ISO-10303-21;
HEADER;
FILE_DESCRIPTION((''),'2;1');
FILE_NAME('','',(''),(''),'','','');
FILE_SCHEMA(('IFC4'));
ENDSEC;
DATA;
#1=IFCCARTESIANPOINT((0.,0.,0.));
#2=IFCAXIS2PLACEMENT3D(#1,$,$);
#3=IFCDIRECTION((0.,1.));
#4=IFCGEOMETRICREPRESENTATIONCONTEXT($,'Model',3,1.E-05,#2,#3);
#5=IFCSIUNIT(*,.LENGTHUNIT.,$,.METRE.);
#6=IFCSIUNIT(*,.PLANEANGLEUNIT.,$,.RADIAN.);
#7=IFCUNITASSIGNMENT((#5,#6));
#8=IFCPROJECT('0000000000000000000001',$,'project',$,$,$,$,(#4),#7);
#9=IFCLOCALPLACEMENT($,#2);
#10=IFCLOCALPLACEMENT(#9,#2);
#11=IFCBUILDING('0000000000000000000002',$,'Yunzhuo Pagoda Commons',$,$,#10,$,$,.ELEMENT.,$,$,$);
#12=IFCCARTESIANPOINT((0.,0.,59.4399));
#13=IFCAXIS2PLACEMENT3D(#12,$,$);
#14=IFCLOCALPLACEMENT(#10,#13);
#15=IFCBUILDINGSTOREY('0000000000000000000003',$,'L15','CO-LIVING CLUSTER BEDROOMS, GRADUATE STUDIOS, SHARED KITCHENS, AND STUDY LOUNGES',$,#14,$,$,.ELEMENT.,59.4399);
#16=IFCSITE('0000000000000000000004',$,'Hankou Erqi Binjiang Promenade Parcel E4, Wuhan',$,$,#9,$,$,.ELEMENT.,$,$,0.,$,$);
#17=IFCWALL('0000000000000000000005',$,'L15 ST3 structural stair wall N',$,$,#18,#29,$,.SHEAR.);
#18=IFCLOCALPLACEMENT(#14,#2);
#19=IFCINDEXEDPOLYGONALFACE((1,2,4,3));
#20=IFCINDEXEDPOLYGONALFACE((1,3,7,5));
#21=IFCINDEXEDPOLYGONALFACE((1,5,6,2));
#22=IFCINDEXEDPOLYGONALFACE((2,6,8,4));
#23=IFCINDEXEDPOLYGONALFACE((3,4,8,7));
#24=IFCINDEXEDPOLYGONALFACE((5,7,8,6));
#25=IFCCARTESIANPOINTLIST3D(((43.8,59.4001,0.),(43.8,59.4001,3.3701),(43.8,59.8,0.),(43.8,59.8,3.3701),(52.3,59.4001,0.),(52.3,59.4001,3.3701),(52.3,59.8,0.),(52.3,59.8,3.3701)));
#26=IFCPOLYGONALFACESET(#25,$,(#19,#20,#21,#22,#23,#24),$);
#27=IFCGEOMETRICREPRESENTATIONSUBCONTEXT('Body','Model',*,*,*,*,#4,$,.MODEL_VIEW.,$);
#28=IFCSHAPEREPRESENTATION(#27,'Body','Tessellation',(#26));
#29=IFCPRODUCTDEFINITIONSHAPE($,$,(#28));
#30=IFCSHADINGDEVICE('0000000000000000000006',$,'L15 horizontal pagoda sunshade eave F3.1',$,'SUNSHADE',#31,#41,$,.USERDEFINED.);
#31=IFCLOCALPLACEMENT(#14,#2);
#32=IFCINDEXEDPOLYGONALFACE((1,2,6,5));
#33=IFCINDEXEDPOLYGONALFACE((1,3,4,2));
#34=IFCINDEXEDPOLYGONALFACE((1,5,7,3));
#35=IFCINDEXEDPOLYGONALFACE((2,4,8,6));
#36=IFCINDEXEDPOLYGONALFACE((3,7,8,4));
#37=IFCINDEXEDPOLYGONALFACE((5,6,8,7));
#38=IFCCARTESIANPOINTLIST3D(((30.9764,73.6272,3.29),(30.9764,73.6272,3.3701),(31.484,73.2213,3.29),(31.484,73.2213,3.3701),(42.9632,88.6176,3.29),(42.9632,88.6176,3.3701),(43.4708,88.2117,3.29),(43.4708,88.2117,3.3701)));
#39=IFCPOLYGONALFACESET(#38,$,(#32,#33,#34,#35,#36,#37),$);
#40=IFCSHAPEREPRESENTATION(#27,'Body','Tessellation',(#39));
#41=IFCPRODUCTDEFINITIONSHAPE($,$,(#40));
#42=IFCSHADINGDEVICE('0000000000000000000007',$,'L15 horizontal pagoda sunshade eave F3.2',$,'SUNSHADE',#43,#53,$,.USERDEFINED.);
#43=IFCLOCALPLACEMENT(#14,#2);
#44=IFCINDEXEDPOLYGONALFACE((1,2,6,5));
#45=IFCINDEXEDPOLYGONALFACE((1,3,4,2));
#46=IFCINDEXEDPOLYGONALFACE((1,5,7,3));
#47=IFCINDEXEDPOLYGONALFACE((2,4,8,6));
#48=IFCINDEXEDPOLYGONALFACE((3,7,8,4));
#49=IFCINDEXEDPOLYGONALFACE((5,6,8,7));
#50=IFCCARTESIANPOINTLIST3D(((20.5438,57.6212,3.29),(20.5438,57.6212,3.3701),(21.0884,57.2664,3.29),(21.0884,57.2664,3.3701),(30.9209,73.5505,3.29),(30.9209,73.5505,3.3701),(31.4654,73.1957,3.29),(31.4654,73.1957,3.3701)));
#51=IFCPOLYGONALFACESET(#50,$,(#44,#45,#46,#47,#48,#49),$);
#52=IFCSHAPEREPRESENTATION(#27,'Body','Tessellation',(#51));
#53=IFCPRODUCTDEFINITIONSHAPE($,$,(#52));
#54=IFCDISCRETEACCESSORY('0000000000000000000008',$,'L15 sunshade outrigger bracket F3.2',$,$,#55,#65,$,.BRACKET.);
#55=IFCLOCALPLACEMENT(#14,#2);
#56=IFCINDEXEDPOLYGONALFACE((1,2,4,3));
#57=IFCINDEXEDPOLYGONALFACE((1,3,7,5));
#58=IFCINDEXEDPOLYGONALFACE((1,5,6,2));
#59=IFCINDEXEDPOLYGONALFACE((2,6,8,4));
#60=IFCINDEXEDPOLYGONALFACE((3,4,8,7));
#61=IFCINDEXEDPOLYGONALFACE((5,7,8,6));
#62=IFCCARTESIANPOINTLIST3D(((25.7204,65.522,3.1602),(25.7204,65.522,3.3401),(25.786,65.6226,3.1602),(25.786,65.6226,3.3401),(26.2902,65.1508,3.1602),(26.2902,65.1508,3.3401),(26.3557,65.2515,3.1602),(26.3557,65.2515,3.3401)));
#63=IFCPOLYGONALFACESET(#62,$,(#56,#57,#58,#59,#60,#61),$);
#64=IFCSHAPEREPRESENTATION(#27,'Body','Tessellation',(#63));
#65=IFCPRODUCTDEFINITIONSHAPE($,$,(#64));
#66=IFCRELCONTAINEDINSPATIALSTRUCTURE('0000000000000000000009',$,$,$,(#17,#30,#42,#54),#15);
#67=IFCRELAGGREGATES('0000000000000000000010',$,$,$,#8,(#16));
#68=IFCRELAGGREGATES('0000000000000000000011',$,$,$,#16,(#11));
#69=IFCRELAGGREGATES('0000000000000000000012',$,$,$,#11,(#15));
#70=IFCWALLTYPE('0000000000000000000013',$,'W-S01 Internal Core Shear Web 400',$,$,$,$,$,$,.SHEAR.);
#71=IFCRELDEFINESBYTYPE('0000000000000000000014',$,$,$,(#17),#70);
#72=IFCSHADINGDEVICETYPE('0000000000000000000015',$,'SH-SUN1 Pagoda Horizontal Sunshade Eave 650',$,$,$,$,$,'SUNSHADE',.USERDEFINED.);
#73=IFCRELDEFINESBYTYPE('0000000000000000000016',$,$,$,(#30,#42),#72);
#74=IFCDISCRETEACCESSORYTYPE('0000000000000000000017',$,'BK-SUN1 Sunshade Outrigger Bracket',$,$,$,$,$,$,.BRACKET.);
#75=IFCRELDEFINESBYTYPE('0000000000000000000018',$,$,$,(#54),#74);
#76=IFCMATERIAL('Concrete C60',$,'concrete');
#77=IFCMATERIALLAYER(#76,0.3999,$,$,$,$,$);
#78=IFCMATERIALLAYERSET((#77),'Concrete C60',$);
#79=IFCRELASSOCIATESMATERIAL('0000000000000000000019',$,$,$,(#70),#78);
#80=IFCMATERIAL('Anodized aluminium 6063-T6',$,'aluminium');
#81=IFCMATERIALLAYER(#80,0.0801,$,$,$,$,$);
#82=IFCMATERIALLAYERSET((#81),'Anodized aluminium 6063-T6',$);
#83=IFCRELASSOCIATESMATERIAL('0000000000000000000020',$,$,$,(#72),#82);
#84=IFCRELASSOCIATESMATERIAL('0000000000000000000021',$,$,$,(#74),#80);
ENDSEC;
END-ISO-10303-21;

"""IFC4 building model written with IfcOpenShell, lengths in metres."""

from ifc_helpers import new_model, si_unit, direction, frame, frame_2d, origin, origin_2d, place, context, subcontext, project, spatial, rectangle, extrude, source, transform, mapped, material, layer, layer_set, type_object, element, save


model = new_model("IFC4")

# Units and contexts
model_context = context("Model", 3, precision=1e-05, world=origin(), true_north=direction((0.0, 1.0)))
body_context = subcontext(model_context, "Body", "Model", "MODEL_VIEW")
ifc_project = project(units=[si_unit("LENGTHUNIT", "METRE"), si_unit("PLANEANGLEUNIT", "RADIAN")], contexts=[model_context])

# Site, building, storey
site_placement = place(None, origin())
site = spatial("IfcSite", under=ifc_project, at=site_placement, Name="Hankou Erqi Binjiang Promenade Parcel E4, Wuhan", CompositionType="ELEMENT", RefElevation=0.0)
building_placement = place(site_placement, origin())
building = spatial("IfcBuilding", under=site, at=building_placement, Name="Yunzhuo Pagoda Commons", CompositionType="ELEMENT")
storey_placement = place(building_placement, frame((0.0, 0.0, 59.4399)))
storey = spatial("IfcBuildingStorey", under=building, at=storey_placement, Name="L15", Description="CO-LIVING CLUSTER BEDROOMS, GRADUATE STUDIOS, SHARED KITCHENS, AND STUDY LOUNGES", CompositionType="ELEMENT", Elevation=59.4399)

# Shared definitions
ifc_material_1 = material(Name="Anodized aluminium 6063-T6", Category="aluminium")

# Wall
ifc_material_2 = material(Name="Concrete C60", Category="concrete")
ifc_layer_1 = layer(ifc_material_2, 0.3999)
ifc_layer_set_1 = layer_set([ifc_layer_1], Name="Concrete C60")
wall_type = type_object("IfcWallType", Name="W-S01 Internal Core Shear Web 400", PredefinedType="SHEAR", material=ifc_layer_set_1)
wall_placement = place(storey_placement, frame((43.8, 59.6001, 0.0), z_axis=(0.0, 0.0, 1.0), x_axis=(1.0, 0.0, 0.0)))
element("IfcWall", 1, at=wall_placement, inside=storey, type_object=wall_type, Name="L15 ST3 structural stair wall N", PredefinedType="SHEAR", context=body_context, shape_type="SweptSolid", body=[
    extrude(rectangle(XDim=8.5, YDim=0.3999, at=frame_2d((4.25, 0.0))), origin(), (0.0, 0.0, 1.0), 3.3701),
])

# Shading devices
ifc_layer_2 = layer(ifc_material_1, 0.0801)
ifc_layer_set_2 = layer_set([ifc_layer_2], Name="Anodized aluminium 6063-T6")
shading_device_type = type_object("IfcShadingDeviceType", Name="SH-SUN1 Pagoda Horizontal Sunshade Eave 650", ElementType="SUNSHADE", PredefinedType="USERDEFINED", material=ifc_layer_set_2)
shared_shape_1 = source(origin(), body_context, "Body", "SweptSolid", [
    extrude(rectangle(XDim=19.1936, YDim=0.6499, at=origin_2d()), origin(), (0.0, 0.0, 1.0), 0.0801),
])
shading_device_1_placement = place(storey_placement, frame((37.2236, 80.9194, 3.29), z_axis=(0.0, 0.0, 1.0), x_axis=(-0.62452, -0.781008, 0.0)))
element("IfcShadingDevice", 2, at=shading_device_1_placement, inside=storey, type_object=shading_device_type, Name="L15 horizontal pagoda sunshade eave F3.1", ObjectType="SUNSHADE", PredefinedType="USERDEFINED", context=body_context, shape_type="MappedRepresentation", body=[
    mapped(shared_shape_1, transform((0.0, 0.0, 0.0), scale=1.0)),
])
shared_shape_2 = source(origin(), body_context, "Body", "SweptSolid", [
    extrude(rectangle(XDim=19.0112, YDim=0.6499, at=origin_2d()), origin(), (0.0, 0.0, 1.0), 0.0801),
])
shading_device_2_placement = place(storey_placement, frame((26.0046, 65.4084, 3.29), z_axis=(0.0, 0.0, 1.0), x_axis=(-0.545839, -0.83789, 0.0)))
element("IfcShadingDevice", 3, at=shading_device_2_placement, inside=storey, type_object=shading_device_type, Name="L15 horizontal pagoda sunshade eave F3.2", ObjectType="SUNSHADE", PredefinedType="USERDEFINED", context=body_context, shape_type="MappedRepresentation", body=[
    mapped(shared_shape_2, transform((0.0, 0.0, 0.0), scale=1.0)),
])

# Discrete accessory
discrete_accessory_type = type_object("IfcDiscreteAccessoryType", Name="BK-SUN1 Sunshade Outrigger Bracket", PredefinedType="BRACKET", material=ifc_material_1)
shared_shape_3 = source(origin(), body_context, "Body", "SweptSolid", [
    extrude(rectangle(XDim=0.1201, YDim=0.6799, at=origin_2d()), origin(), (0.0, 0.0, 1.0), 0.1799),
])
discrete_accessory_placement = place(storey_placement, frame((26.0381, 65.3867, 3.1602), z_axis=(0.0, 0.0, 1.0), x_axis=(-0.545839, -0.83789, 0.0)))
element("IfcDiscreteAccessory", 4, at=discrete_accessory_placement, inside=storey, type_object=discrete_accessory_type, Name="L15 sunshade outrigger bracket F3.2", PredefinedType="BRACKET", context=body_context, shape_type="MappedRepresentation", body=[
    mapped(shared_shape_3, transform((0.0, 0.0, 0.0), scale=1.0)),
])

save(model, "model.ifc")
